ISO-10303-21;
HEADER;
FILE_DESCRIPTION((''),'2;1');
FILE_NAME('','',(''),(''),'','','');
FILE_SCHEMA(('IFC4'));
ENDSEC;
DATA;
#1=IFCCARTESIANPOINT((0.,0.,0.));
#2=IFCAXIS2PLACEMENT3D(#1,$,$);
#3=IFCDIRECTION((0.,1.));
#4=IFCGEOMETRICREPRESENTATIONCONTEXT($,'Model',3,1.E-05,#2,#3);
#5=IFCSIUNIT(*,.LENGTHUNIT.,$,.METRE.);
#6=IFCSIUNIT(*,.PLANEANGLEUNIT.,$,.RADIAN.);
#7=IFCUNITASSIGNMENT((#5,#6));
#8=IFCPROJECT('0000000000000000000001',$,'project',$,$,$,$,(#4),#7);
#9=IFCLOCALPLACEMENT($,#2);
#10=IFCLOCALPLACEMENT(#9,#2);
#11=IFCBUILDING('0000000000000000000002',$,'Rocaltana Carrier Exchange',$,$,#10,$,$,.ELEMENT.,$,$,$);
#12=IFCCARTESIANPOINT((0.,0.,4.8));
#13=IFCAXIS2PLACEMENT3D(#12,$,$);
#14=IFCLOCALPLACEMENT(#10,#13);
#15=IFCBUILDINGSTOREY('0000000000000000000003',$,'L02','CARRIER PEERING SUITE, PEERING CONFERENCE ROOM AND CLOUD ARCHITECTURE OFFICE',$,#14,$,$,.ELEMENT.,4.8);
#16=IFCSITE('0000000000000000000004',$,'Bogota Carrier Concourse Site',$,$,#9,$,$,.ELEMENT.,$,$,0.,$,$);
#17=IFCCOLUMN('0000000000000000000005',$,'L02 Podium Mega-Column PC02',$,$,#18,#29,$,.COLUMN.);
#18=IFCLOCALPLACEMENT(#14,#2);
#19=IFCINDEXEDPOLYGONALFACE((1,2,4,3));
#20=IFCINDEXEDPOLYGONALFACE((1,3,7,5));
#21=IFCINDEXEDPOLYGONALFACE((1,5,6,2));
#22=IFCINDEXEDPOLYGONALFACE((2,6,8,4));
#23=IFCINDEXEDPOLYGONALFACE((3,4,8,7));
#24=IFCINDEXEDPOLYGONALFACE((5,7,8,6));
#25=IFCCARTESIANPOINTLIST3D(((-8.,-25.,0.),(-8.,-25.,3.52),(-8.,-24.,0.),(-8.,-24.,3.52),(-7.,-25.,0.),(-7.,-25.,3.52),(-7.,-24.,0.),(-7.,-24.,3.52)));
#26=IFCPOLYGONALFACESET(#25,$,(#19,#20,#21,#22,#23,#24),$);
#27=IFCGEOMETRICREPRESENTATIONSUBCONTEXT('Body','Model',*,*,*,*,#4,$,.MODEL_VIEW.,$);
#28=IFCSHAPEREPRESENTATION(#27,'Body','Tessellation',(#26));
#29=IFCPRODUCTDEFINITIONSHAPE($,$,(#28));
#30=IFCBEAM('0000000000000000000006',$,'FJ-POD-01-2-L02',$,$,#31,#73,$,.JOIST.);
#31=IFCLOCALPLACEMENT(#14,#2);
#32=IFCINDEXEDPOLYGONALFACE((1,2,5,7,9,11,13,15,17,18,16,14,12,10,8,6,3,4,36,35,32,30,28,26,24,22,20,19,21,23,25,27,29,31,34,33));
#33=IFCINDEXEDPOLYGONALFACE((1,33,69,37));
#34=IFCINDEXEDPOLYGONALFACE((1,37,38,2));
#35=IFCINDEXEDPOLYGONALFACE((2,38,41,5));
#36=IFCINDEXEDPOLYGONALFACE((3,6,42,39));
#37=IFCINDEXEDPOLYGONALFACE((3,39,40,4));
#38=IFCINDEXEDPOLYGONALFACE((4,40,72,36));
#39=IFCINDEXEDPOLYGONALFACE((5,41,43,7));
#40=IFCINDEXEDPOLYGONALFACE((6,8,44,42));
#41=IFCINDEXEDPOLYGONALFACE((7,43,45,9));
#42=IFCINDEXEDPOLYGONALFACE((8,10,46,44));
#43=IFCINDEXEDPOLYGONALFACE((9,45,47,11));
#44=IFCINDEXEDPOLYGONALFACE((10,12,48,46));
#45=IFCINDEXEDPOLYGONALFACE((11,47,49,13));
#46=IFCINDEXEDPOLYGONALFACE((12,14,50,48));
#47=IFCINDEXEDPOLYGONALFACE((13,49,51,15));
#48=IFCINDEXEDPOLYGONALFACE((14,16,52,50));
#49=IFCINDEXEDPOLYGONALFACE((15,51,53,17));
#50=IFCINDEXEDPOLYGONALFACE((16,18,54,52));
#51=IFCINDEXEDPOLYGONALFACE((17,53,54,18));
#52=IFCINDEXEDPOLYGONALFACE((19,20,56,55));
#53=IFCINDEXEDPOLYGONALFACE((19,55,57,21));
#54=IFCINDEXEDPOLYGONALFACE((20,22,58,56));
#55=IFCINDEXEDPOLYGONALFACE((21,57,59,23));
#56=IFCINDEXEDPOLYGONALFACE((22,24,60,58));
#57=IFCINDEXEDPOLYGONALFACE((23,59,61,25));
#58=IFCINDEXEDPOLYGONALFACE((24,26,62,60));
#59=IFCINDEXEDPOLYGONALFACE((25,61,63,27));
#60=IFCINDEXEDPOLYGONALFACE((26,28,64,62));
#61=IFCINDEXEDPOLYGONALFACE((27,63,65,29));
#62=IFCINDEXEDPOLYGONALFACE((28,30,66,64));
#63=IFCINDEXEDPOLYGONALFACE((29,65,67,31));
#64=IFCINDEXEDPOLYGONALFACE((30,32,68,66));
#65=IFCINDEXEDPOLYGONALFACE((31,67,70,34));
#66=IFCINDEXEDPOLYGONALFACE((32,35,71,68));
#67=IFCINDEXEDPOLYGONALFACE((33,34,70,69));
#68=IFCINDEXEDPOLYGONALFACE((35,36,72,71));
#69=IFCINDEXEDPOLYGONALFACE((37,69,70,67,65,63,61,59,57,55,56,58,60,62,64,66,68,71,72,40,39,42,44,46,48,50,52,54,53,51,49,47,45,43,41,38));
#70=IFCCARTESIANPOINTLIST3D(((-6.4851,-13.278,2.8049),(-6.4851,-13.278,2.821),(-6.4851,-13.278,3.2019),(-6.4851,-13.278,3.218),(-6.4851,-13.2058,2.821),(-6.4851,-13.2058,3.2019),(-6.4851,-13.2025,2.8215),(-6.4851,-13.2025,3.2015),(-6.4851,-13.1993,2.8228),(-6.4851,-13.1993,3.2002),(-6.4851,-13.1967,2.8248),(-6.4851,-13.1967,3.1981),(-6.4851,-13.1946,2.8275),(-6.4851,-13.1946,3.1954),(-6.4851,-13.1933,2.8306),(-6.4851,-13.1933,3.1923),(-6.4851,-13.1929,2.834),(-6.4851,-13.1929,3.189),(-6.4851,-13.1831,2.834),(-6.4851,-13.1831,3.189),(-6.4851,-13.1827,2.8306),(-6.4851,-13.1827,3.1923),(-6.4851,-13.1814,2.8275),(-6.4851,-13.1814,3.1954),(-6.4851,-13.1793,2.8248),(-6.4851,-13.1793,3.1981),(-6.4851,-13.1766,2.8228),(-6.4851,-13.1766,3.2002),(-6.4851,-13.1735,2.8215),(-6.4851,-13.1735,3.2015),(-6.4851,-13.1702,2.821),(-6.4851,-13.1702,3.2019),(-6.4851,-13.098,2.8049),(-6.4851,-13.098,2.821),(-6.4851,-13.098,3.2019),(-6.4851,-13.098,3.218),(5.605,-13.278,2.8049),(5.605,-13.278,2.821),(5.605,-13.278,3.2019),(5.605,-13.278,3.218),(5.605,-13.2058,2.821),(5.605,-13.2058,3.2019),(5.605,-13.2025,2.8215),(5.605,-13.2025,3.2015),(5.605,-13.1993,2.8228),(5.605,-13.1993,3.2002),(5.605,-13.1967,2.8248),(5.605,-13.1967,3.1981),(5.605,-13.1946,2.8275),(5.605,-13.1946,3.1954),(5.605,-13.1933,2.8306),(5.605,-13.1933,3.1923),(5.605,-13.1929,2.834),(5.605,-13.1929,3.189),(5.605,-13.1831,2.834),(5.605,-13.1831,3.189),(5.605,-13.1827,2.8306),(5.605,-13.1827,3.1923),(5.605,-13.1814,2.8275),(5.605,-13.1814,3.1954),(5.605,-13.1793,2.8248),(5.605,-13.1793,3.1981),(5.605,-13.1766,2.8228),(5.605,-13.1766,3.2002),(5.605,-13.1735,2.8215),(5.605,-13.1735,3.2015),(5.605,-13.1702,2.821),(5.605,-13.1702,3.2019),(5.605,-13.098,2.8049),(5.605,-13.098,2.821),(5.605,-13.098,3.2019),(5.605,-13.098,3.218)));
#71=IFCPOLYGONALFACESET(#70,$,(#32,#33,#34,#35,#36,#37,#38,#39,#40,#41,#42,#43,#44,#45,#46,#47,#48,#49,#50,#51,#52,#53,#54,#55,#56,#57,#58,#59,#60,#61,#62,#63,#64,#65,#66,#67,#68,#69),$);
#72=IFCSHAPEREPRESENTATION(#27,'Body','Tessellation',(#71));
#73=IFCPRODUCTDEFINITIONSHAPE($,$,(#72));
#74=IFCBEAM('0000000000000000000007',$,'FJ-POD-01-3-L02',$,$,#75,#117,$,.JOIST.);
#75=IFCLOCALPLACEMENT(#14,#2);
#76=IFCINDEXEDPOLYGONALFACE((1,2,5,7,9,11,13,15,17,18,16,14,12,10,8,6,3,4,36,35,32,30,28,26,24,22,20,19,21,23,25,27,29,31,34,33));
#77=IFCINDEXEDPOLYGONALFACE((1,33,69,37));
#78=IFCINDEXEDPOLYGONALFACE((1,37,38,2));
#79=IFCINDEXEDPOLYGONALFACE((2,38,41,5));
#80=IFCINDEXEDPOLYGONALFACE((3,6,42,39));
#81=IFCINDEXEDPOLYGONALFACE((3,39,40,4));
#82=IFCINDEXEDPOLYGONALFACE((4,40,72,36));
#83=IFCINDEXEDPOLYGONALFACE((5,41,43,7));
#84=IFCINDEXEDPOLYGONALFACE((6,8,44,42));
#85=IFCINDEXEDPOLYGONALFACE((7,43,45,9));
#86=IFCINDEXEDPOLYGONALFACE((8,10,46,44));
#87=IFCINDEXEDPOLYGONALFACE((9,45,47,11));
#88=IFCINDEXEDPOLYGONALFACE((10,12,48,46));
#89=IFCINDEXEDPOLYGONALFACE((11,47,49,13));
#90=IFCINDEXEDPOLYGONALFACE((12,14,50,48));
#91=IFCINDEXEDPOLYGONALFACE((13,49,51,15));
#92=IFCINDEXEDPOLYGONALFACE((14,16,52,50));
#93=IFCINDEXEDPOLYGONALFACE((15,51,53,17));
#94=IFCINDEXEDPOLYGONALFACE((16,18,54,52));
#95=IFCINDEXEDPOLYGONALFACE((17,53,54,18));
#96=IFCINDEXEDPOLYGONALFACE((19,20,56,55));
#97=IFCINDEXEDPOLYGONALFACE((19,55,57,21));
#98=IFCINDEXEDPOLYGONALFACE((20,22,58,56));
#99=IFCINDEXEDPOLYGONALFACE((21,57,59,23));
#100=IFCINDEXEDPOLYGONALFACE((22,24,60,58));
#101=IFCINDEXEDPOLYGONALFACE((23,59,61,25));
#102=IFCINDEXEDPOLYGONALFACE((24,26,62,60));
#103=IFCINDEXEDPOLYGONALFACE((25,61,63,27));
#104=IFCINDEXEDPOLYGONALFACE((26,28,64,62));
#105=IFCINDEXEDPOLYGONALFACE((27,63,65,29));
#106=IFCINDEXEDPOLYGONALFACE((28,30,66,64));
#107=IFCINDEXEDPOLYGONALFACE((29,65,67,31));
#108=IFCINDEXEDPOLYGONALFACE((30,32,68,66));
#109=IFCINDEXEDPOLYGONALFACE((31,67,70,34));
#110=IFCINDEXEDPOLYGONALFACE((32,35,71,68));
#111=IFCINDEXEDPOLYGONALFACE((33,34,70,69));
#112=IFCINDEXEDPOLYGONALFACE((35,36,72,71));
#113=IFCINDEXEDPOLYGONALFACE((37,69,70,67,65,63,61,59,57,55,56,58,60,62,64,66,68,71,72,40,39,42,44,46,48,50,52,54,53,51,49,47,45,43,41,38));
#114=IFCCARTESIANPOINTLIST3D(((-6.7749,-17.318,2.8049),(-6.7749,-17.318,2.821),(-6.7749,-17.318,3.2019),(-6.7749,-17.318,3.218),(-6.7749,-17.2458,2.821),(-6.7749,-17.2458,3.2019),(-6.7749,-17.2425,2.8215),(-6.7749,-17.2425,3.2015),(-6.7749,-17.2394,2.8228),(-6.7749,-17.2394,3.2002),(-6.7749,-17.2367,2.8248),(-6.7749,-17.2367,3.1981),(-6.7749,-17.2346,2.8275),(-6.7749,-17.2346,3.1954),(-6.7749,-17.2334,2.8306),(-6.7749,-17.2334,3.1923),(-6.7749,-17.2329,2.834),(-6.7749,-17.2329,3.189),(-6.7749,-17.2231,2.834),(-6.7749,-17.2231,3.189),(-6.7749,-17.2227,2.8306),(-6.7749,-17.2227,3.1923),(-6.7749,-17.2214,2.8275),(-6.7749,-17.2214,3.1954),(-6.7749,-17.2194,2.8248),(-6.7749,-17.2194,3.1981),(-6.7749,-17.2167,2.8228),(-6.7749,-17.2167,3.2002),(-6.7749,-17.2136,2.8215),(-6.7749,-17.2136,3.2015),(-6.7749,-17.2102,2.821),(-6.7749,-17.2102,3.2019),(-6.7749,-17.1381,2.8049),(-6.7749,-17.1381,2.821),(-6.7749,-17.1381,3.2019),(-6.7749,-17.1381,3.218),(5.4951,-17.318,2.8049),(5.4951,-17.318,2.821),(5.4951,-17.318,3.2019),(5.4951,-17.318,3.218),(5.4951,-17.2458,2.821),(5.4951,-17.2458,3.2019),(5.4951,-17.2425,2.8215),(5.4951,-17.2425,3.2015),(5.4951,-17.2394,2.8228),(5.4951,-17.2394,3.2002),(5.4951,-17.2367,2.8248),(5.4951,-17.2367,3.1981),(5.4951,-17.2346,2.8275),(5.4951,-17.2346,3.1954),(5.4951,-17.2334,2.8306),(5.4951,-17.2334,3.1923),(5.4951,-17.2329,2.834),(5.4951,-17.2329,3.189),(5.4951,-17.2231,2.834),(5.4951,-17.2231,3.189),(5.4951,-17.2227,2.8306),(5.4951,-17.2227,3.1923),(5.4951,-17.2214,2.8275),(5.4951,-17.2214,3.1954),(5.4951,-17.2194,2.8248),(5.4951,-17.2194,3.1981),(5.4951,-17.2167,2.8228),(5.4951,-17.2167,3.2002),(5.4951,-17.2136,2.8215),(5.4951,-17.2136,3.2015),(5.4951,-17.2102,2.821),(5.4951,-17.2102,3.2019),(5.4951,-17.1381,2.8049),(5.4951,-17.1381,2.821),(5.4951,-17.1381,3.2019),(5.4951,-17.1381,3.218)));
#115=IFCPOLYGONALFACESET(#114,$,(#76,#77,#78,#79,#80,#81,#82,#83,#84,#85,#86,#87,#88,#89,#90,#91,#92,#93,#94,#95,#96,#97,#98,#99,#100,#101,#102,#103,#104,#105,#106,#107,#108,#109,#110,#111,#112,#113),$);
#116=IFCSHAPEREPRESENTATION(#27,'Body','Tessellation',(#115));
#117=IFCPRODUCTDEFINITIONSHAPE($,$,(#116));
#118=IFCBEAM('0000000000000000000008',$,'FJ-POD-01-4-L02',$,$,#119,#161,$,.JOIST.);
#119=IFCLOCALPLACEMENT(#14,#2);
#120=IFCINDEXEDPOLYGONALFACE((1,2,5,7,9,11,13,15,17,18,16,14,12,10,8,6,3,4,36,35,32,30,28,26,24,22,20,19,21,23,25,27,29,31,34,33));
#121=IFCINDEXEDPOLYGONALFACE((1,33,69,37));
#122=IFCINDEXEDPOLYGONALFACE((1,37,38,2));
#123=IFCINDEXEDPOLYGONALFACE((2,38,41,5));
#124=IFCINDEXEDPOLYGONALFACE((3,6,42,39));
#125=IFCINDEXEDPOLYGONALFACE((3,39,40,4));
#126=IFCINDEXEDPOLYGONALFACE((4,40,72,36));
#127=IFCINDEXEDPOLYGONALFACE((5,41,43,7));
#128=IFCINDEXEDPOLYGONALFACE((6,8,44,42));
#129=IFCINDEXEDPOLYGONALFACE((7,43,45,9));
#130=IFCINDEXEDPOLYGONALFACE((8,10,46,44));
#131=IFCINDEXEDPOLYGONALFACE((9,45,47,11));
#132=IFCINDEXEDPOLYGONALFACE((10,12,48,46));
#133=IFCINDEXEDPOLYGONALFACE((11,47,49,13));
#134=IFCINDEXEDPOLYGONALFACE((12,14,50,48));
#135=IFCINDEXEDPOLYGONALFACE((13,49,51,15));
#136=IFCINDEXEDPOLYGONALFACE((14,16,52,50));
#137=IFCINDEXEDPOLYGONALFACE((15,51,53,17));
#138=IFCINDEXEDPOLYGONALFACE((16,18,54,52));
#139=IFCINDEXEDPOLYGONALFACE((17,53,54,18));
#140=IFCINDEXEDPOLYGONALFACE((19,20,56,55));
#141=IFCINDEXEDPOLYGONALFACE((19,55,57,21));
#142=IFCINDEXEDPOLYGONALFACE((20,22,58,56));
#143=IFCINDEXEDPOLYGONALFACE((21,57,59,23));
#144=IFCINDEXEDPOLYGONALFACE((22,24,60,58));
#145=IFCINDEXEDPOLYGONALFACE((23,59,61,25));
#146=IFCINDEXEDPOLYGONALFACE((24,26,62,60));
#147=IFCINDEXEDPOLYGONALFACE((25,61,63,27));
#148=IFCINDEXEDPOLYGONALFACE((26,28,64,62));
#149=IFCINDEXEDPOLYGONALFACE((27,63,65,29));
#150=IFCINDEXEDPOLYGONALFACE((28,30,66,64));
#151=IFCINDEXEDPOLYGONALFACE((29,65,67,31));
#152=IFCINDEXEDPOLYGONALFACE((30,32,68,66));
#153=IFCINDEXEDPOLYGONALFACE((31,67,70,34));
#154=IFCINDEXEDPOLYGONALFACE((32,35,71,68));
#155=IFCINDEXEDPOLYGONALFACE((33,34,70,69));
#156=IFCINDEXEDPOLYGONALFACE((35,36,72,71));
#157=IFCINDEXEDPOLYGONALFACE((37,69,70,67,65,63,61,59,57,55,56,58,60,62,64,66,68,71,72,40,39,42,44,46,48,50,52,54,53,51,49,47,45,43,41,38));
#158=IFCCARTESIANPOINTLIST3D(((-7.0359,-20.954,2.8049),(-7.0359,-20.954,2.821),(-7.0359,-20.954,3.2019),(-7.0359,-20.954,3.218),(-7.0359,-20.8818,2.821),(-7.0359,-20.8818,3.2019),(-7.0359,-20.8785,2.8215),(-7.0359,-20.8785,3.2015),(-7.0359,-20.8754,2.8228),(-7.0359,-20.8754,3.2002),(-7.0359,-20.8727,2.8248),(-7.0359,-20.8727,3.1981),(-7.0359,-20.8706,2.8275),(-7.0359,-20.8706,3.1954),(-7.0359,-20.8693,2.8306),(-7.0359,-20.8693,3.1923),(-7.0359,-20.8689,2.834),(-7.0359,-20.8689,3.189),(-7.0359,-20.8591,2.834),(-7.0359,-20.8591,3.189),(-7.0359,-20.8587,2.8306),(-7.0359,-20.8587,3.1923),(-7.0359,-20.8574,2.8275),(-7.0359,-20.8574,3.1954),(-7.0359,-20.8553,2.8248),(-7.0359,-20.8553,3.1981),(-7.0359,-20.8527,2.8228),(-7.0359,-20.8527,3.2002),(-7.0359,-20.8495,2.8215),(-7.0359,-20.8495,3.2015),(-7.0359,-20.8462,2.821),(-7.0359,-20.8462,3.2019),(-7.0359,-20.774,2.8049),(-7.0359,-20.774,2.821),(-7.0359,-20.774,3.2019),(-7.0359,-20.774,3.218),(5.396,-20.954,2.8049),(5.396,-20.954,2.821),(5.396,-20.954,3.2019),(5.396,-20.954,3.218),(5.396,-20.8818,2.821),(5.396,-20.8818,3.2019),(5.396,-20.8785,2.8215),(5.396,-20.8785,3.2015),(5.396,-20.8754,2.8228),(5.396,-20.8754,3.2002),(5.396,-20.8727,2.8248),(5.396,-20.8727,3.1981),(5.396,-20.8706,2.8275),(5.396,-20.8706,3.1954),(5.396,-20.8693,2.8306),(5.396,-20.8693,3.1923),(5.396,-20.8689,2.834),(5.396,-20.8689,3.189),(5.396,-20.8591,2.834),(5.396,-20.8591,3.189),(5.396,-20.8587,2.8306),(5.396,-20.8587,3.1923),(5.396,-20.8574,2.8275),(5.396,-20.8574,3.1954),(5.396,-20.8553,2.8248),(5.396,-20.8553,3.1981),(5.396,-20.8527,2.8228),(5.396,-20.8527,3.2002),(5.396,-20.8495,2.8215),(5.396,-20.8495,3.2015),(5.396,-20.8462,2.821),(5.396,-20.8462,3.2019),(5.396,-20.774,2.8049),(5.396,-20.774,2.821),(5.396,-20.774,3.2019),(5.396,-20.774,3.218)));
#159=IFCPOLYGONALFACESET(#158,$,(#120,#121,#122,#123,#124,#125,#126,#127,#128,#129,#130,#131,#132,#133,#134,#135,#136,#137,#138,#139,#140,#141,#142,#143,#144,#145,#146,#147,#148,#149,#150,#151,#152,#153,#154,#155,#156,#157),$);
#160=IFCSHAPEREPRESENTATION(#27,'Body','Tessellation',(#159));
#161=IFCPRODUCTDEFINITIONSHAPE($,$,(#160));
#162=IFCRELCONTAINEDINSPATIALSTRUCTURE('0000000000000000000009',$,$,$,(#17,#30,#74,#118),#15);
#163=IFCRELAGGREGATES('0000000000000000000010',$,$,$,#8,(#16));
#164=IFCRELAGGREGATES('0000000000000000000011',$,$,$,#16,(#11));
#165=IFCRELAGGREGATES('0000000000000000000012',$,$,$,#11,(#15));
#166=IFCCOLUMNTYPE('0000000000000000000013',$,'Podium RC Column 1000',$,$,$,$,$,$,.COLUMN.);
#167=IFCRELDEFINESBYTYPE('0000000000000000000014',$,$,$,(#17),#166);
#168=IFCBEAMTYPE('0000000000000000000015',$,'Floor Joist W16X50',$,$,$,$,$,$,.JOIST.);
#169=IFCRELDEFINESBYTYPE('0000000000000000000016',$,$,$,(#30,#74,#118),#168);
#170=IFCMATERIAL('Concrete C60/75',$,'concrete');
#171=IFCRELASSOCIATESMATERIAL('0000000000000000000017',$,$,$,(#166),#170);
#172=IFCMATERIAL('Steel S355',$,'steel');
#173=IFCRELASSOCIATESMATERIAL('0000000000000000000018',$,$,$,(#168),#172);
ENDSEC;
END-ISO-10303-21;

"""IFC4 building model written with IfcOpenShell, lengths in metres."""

from ifc_helpers import new_model, si_unit, direction, frame, origin, origin_2d, place, context, subcontext, project, spatial, rectangle, i_section, extrude, material, material_profile, profile_set, type_object, element, save


model = new_model("IFC4")

# Units and contexts
model_context = context("Model", 3, precision=1e-05, world=origin(), true_north=direction((0.0, 1.0)))
body_context = subcontext(model_context, "Body", "Model", "MODEL_VIEW")
ifc_project = project(units=[si_unit("LENGTHUNIT", "METRE"), si_unit("PLANEANGLEUNIT", "RADIAN")], contexts=[model_context])

# Site, building, storey
site_placement = place(None, origin())
site = spatial("IfcSite", under=ifc_project, at=site_placement, Name="Bogota Carrier Concourse Site", CompositionType="ELEMENT", RefElevation=0.0)
building_placement = place(site_placement, origin())
building = spatial("IfcBuilding", under=site, at=building_placement, Name="Rocaltana Carrier Exchange", CompositionType="ELEMENT")
storey_placement = place(building_placement, frame((0.0, 0.0, 4.8)))
storey = spatial("IfcBuildingStorey", under=building, at=storey_placement, Name="L02", Description="CARRIER PEERING SUITE, PEERING CONFERENCE ROOM AND CLOUD ARCHITECTURE OFFICE", CompositionType="ELEMENT", Elevation=4.8)

# Column
ifc_material_1 = material(Name="Concrete C60/75", Category="concrete")
ifc_material_profile_1 = material_profile(ifc_material_1, rectangle(XDim=1.0, YDim=1.0, at=origin_2d()), Name="RC-COL-1000X1000")
ifc_profile_set_1 = profile_set([ifc_material_profile_1], Name="Concrete C60/75")
column_type = type_object("IfcColumnType", Name="Podium RC Column 1000", PredefinedType="COLUMN", material=ifc_profile_set_1)
column_placement = place(storey_placement, frame((-7.5, -24.5, 0.0), z_axis=(0.0, 0.0, 1.0), x_axis=(1.0, 0.0, 0.0)))
element("IfcColumn", 1, at=column_placement, inside=storey, type_object=column_type, Name="L02 Podium Mega-Column PC02", PredefinedType="COLUMN", context=body_context, shape_type="SweptSolid", body=[
    extrude(rectangle(XDim=1.0, YDim=1.0, at=origin_2d()), origin(), (0.0, 0.0, 1.0), 3.52),
])

# Beams
ifc_material_2 = material(Name="Steel S355", Category="steel")
ifc_material_profile_2 = material_profile(ifc_material_2, i_section(OverallWidth=0.1799, OverallDepth=0.4131, WebThickness=0.0098, FlangeThickness=0.0161, FilletRadius=0.0129, at=origin_2d()), Name="W16X50")
ifc_profile_set_2 = profile_set([ifc_material_profile_2], Name="Steel S355")
beam_type_1 = type_object("IfcBeamType", Name="Floor Joist W16X50", PredefinedType="JOIST", material=ifc_profile_set_2)
beam_1_placement = place(storey_placement, frame((-6.4851, -13.188, 3.0115), z_axis=(1.0, 0.0, 0.0), x_axis=(0.0, 1.0, 0.0)))
element("IfcBeam", 2, at=beam_1_placement, inside=storey, type_object=beam_type_1, Name="FJ-POD-01-2-L02", PredefinedType="JOIST", context=body_context, shape_type="SweptSolid", body=[
    extrude(i_section(OverallWidth=0.1799, OverallDepth=0.4131, WebThickness=0.0098, FlangeThickness=0.0161, FilletRadius=0.0129, at=origin_2d()), origin(), (0.0, 0.0, 1.0), 12.0901),
])
beam_2_placement = place(storey_placement, frame((-6.7749, -17.228, 3.0115), z_axis=(1.0, 0.0, 0.0), x_axis=(0.0, 1.0, 0.0)))
element("IfcBeam", 3, at=beam_2_placement, inside=storey, type_object=beam_type_1, Name="FJ-POD-01-3-L02", PredefinedType="JOIST", context=body_context, shape_type="SweptSolid", body=[
    extrude(i_section(OverallWidth=0.1799, OverallDepth=0.4131, WebThickness=0.0098, FlangeThickness=0.0161, FilletRadius=0.0129, at=origin_2d()), origin(), (0.0, 0.0, 1.0), 12.27),
])
beam_3_placement = place(storey_placement, frame((-7.0359, -20.864, 3.0115), z_axis=(1.0, 0.0, 0.0), x_axis=(0.0, 1.0, 0.0)))
element("IfcBeam", 4, at=beam_3_placement, inside=storey, type_object=beam_type_1, Name="FJ-POD-01-4-L02", PredefinedType="JOIST", context=body_context, shape_type="SweptSolid", body=[
    extrude(i_section(OverallWidth=0.1799, OverallDepth=0.4131, WebThickness=0.0098, FlangeThickness=0.0161, FilletRadius=0.0129, at=origin_2d()), origin(), (0.0, 0.0, 1.0), 12.4319),
])

save(model, "model.ifc")
